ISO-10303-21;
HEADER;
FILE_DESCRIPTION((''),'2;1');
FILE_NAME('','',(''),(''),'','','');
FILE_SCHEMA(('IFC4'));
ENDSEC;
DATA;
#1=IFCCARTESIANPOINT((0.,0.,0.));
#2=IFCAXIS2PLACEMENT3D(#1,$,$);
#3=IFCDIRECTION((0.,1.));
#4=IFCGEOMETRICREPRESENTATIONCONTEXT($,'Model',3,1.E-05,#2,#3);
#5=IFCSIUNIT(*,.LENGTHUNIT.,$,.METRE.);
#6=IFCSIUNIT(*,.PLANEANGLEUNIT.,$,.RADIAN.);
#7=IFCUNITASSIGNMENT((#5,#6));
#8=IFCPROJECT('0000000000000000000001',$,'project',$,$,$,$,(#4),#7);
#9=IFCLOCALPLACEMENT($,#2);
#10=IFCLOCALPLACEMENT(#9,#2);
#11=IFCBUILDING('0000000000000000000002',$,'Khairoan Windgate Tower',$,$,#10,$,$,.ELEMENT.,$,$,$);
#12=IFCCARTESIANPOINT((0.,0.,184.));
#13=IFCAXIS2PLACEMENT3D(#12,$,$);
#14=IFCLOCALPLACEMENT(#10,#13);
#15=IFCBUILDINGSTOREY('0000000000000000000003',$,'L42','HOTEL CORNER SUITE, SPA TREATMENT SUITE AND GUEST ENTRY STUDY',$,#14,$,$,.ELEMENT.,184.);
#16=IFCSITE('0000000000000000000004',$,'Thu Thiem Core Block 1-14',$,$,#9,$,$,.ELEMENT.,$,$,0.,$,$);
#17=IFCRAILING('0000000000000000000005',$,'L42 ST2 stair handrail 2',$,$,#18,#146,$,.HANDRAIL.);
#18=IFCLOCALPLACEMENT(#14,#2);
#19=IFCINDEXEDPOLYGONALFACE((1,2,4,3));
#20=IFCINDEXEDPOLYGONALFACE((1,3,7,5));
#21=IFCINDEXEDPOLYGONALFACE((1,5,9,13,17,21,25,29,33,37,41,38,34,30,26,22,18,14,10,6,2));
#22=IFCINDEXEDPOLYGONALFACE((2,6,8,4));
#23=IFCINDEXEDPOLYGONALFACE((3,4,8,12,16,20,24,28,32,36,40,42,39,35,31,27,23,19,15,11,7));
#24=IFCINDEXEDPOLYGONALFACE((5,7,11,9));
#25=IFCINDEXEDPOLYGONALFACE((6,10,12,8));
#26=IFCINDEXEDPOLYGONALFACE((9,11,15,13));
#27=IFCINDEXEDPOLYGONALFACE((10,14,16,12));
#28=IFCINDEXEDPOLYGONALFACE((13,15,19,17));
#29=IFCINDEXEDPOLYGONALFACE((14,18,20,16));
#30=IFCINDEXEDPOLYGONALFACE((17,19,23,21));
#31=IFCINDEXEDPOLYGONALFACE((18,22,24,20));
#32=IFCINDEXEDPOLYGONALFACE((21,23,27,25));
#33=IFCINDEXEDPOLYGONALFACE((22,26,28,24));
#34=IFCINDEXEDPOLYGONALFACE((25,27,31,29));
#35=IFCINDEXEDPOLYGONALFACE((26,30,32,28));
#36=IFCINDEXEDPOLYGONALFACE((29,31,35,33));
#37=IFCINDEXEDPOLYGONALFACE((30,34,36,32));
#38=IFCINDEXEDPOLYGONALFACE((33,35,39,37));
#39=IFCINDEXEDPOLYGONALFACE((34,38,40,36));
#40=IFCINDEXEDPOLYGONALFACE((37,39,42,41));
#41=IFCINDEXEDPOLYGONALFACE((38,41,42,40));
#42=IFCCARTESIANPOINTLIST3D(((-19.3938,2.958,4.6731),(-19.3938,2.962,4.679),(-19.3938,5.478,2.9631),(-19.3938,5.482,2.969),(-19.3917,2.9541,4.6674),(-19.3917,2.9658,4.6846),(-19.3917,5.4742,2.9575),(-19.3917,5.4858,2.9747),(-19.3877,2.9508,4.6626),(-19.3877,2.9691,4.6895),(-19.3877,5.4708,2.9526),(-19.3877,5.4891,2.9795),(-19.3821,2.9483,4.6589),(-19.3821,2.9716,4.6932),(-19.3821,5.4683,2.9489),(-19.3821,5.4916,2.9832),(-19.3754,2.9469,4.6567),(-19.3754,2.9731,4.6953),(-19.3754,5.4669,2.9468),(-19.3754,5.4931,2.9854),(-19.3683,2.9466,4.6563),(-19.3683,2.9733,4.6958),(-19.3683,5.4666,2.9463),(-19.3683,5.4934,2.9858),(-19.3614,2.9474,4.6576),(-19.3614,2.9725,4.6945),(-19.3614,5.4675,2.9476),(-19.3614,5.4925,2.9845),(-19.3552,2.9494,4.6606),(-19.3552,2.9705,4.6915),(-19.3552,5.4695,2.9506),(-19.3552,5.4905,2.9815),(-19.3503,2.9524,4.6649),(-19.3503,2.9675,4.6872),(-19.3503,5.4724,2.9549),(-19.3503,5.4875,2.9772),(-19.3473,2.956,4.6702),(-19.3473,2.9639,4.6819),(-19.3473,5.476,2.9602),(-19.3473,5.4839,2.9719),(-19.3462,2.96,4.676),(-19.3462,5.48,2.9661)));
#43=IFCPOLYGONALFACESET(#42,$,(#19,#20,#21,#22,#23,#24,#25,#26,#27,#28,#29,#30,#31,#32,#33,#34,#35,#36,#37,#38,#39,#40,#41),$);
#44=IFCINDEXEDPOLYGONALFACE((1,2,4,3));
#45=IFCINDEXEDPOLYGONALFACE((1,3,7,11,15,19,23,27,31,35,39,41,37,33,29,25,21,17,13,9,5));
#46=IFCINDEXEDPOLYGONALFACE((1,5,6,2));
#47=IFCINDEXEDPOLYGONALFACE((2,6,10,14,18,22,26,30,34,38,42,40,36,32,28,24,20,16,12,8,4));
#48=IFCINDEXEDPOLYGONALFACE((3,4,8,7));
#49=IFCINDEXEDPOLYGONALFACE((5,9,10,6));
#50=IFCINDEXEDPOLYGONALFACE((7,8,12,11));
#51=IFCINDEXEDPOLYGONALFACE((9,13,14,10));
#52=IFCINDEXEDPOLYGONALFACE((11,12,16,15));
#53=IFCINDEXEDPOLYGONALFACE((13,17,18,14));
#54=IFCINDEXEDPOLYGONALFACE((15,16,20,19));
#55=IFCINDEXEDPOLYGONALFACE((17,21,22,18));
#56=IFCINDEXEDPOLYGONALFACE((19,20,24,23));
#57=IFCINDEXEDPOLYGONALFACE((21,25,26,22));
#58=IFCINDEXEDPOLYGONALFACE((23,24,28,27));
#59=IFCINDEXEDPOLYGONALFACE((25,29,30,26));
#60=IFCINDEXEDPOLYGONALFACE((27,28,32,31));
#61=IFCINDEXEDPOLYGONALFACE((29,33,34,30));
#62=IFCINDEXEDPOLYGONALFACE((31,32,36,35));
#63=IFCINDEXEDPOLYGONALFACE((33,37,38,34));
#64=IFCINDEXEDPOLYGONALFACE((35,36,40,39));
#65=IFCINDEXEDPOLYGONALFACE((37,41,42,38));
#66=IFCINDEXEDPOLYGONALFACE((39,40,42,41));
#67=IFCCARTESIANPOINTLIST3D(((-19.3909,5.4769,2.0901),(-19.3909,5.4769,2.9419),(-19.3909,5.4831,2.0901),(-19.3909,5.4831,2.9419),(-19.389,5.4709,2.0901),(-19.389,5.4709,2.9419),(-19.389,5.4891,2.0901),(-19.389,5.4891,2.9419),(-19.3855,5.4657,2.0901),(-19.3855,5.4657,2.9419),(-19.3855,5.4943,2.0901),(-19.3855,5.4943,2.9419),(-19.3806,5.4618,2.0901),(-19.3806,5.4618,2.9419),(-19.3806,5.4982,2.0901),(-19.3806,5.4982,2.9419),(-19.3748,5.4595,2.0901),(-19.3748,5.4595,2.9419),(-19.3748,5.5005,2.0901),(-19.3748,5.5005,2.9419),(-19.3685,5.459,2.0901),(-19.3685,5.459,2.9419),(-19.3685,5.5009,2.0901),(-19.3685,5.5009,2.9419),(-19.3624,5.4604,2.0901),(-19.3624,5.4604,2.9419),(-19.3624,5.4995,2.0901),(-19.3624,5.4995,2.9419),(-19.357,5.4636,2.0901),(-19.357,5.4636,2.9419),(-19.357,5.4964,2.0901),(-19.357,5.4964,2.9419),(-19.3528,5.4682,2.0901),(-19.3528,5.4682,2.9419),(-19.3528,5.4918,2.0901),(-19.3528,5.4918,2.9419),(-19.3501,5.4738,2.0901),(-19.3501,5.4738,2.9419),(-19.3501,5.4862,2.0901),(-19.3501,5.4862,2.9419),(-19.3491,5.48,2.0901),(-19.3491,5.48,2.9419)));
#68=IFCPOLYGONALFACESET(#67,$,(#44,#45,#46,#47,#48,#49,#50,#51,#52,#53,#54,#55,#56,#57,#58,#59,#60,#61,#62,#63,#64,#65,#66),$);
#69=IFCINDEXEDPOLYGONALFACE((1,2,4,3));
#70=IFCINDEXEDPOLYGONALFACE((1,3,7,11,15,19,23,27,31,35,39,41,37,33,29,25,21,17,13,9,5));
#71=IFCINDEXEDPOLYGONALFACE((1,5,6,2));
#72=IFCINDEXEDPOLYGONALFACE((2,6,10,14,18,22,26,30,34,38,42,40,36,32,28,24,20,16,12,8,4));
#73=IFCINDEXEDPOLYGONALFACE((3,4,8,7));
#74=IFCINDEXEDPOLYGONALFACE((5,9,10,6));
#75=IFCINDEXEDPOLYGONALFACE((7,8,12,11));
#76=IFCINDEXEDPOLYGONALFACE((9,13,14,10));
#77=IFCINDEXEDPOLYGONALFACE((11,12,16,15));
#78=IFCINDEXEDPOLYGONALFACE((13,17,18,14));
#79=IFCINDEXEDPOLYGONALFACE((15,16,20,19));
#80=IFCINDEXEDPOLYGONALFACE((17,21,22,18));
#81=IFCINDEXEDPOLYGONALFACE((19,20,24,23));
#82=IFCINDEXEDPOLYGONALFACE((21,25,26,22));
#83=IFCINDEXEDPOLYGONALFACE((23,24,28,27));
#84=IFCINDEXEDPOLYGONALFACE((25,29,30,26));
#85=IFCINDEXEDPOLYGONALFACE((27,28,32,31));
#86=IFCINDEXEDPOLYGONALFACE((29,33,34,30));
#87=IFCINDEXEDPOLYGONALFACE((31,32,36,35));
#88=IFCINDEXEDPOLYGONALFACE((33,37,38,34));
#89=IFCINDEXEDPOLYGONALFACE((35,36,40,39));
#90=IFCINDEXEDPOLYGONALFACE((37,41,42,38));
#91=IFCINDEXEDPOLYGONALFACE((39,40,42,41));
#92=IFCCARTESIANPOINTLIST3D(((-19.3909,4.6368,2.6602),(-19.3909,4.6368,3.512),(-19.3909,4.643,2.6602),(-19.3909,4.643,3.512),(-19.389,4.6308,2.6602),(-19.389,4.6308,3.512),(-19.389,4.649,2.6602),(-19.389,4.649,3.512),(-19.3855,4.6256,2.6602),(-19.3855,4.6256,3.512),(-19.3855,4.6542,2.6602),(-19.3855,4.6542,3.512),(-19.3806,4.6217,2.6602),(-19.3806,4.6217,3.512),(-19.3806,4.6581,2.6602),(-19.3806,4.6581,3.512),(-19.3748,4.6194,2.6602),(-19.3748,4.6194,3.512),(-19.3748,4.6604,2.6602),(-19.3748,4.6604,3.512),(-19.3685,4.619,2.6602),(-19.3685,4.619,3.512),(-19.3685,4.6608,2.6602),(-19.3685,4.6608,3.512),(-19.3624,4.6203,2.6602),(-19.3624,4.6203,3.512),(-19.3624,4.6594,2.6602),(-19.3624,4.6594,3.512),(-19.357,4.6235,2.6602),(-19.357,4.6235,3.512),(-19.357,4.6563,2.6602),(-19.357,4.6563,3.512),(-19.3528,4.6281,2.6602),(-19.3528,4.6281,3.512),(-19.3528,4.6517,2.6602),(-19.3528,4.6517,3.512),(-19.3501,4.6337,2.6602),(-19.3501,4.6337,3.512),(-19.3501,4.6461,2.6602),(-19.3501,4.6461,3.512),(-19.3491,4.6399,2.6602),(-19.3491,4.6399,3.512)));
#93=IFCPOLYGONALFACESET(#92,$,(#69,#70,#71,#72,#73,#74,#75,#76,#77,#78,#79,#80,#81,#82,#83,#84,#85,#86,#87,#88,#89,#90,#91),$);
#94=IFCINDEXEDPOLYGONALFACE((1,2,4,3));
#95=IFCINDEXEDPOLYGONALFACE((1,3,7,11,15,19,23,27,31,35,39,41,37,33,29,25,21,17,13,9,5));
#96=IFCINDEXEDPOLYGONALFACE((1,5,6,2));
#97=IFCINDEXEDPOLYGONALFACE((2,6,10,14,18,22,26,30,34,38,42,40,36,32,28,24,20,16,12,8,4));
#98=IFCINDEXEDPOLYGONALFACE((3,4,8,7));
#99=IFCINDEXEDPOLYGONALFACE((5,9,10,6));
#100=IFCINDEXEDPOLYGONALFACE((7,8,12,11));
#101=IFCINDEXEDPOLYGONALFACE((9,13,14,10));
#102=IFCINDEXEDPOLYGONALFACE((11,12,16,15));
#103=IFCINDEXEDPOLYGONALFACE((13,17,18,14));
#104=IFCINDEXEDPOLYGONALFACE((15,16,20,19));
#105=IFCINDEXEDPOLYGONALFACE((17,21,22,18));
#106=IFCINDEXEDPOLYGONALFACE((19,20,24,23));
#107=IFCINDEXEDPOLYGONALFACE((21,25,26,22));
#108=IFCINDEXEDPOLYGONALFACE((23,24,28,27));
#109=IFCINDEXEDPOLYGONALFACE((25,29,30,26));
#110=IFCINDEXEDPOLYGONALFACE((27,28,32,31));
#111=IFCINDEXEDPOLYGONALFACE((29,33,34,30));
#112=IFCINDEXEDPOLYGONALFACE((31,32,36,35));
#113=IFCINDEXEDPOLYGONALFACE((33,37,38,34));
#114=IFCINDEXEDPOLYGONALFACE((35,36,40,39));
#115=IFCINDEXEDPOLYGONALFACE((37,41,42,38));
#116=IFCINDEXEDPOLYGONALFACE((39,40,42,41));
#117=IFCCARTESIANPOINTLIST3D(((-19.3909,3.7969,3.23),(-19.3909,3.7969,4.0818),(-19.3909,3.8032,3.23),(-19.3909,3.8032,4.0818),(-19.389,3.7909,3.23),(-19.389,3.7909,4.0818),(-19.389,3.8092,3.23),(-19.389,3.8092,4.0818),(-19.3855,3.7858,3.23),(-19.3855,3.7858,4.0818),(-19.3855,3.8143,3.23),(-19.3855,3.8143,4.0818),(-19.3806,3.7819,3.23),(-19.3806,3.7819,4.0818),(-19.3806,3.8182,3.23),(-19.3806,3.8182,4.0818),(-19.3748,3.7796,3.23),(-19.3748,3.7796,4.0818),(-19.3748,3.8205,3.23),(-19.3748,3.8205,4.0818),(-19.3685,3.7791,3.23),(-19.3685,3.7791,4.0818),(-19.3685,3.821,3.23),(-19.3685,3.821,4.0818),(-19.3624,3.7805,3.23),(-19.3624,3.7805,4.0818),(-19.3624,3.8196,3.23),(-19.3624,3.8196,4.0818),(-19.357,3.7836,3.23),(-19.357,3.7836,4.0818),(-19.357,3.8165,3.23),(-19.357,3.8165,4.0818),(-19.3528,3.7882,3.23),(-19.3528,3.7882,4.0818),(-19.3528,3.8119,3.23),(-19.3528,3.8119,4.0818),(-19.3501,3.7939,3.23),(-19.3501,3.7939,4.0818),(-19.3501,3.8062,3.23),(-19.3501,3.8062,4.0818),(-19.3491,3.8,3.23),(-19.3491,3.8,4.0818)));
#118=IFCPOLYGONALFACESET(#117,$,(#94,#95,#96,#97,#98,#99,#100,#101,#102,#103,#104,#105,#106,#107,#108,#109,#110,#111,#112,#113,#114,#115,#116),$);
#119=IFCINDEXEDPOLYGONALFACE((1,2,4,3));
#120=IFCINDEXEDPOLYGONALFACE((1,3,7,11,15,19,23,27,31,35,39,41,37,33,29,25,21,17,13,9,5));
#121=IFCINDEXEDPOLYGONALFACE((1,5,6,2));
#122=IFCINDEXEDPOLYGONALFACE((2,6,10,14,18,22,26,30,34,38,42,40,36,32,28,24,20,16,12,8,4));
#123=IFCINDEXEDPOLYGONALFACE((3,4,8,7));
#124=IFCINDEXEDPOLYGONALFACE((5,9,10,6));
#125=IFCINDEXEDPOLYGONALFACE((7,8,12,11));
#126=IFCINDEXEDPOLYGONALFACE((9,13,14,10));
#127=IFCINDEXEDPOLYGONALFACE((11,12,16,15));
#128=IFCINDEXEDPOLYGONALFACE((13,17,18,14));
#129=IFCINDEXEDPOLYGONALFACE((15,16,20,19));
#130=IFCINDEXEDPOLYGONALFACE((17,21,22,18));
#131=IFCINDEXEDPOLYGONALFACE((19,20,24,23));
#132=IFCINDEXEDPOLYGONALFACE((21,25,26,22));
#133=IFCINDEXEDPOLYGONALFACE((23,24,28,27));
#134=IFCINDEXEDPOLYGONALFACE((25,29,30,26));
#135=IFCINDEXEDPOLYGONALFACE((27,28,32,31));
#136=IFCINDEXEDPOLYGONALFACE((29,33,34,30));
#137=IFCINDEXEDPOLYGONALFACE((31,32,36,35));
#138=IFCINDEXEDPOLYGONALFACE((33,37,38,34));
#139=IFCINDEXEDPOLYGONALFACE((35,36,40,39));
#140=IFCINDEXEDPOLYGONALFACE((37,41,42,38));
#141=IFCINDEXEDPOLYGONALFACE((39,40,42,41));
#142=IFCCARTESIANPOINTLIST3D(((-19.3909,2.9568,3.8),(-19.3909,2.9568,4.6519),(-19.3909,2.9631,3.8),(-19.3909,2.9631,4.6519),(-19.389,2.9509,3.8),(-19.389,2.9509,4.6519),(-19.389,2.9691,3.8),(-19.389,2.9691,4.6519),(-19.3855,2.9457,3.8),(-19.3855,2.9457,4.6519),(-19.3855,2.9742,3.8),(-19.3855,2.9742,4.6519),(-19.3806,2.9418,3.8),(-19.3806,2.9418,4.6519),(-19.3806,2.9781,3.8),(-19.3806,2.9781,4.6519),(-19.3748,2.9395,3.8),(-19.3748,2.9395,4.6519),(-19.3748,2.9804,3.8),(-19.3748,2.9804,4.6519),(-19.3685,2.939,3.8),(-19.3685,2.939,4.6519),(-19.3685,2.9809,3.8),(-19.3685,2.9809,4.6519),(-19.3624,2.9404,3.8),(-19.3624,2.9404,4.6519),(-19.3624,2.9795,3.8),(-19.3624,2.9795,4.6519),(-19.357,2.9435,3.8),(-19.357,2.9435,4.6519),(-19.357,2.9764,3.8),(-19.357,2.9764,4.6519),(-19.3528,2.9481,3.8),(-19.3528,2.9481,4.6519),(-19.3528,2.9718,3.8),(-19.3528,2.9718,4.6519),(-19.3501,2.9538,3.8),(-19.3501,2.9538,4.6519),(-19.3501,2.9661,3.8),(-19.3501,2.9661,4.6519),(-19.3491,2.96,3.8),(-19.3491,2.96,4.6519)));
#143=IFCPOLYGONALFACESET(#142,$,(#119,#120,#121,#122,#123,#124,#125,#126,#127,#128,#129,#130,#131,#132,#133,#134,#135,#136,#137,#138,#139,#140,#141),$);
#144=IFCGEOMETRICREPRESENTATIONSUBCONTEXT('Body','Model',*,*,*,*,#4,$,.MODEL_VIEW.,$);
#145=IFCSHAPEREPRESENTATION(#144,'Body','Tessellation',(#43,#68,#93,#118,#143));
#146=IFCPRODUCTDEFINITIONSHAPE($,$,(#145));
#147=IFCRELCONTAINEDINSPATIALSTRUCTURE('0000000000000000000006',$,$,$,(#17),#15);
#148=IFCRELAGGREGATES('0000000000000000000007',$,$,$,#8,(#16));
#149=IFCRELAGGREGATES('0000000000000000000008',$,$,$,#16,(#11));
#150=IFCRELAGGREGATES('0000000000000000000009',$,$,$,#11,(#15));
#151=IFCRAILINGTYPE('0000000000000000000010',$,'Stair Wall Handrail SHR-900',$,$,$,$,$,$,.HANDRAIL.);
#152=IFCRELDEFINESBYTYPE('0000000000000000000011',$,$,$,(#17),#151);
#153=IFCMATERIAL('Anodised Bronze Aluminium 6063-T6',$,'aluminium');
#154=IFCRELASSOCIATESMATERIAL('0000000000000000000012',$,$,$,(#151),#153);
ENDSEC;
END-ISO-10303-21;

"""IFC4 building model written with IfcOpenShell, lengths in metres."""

from ifc_helpers import new_model, si_unit, direction, frame, origin, origin_2d, place, context, subcontext, project, spatial, circle, extrude, material, type_object, element, save


model = new_model("IFC4")

# Units and contexts
model_context = context("Model", 3, precision=1e-05, world=origin(), true_north=direction((0.0, 1.0)))
body_context = subcontext(model_context, "Body", "Model", "MODEL_VIEW")
ifc_project = project(units=[si_unit("LENGTHUNIT", "METRE"), si_unit("PLANEANGLEUNIT", "RADIAN")], contexts=[model_context])

# Site, building, storey
site_placement = place(None, origin())
site = spatial("IfcSite", under=ifc_project, at=site_placement, Name="Thu Thiem Core Block 1-14", CompositionType="ELEMENT", RefElevation=0.0)
building_placement = place(site_placement, origin())
building = spatial("IfcBuilding", under=site, at=building_placement, Name="Khairoan Windgate Tower", CompositionType="ELEMENT")
storey_placement = place(building_placement, frame((0.0, 0.0, 184.0)))
storey = spatial("IfcBuildingStorey", under=building, at=storey_placement, Name="L42", Description="HOTEL CORNER SUITE, SPA TREATMENT SUITE AND GUEST ENTRY STUDY", CompositionType="ELEMENT", Elevation=184.0)

# Railing
ifc_material_1 = material(Name="Anodised Bronze Aluminium 6063-T6", Category="aluminium")
railing_type_1 = type_object("IfcRailingType", Name="Stair Wall Handrail SHR-900", PredefinedType="HANDRAIL", material=ifc_material_1)
railing_1_placement = place(storey_placement, frame((-19.3701, 5.48, 2.0901)))
element("IfcRailing", 1, at=railing_1_placement, inside=storey, type_object=railing_type_1, Name="L42 ST2 stair handrail 2", PredefinedType="HANDRAIL", context=body_context, shape_type="SweptSolid", body=[
    extrude(circle(Radius=0.0239, at=origin_2d()), frame((0.0, 0.0, 0.876), z_axis=(0.0, -0.827484, 0.56149), x_axis=(1.0, 0.0, 0.0)), (0.0, 0.0, 1.0), 3.0454),
    extrude(circle(Radius=0.021, at=origin_2d()), origin(), (0.0, 0.0, 1.0), 0.8518),
    extrude(circle(Radius=0.021, at=origin_2d()), frame((0.0, -0.8401, 0.5701)), (0.0, 0.0, 1.0), 0.8518),
    extrude(circle(Radius=0.021, at=origin_2d()), frame((0.0, -1.6799, 1.1399)), (0.0, 0.0, 1.0), 0.8518),
    extrude(circle(Radius=0.021, at=origin_2d()), frame((0.0, -2.52, 1.71)), (0.0, 0.0, 1.0), 0.8518),
])

save(model, "model.ifc")
